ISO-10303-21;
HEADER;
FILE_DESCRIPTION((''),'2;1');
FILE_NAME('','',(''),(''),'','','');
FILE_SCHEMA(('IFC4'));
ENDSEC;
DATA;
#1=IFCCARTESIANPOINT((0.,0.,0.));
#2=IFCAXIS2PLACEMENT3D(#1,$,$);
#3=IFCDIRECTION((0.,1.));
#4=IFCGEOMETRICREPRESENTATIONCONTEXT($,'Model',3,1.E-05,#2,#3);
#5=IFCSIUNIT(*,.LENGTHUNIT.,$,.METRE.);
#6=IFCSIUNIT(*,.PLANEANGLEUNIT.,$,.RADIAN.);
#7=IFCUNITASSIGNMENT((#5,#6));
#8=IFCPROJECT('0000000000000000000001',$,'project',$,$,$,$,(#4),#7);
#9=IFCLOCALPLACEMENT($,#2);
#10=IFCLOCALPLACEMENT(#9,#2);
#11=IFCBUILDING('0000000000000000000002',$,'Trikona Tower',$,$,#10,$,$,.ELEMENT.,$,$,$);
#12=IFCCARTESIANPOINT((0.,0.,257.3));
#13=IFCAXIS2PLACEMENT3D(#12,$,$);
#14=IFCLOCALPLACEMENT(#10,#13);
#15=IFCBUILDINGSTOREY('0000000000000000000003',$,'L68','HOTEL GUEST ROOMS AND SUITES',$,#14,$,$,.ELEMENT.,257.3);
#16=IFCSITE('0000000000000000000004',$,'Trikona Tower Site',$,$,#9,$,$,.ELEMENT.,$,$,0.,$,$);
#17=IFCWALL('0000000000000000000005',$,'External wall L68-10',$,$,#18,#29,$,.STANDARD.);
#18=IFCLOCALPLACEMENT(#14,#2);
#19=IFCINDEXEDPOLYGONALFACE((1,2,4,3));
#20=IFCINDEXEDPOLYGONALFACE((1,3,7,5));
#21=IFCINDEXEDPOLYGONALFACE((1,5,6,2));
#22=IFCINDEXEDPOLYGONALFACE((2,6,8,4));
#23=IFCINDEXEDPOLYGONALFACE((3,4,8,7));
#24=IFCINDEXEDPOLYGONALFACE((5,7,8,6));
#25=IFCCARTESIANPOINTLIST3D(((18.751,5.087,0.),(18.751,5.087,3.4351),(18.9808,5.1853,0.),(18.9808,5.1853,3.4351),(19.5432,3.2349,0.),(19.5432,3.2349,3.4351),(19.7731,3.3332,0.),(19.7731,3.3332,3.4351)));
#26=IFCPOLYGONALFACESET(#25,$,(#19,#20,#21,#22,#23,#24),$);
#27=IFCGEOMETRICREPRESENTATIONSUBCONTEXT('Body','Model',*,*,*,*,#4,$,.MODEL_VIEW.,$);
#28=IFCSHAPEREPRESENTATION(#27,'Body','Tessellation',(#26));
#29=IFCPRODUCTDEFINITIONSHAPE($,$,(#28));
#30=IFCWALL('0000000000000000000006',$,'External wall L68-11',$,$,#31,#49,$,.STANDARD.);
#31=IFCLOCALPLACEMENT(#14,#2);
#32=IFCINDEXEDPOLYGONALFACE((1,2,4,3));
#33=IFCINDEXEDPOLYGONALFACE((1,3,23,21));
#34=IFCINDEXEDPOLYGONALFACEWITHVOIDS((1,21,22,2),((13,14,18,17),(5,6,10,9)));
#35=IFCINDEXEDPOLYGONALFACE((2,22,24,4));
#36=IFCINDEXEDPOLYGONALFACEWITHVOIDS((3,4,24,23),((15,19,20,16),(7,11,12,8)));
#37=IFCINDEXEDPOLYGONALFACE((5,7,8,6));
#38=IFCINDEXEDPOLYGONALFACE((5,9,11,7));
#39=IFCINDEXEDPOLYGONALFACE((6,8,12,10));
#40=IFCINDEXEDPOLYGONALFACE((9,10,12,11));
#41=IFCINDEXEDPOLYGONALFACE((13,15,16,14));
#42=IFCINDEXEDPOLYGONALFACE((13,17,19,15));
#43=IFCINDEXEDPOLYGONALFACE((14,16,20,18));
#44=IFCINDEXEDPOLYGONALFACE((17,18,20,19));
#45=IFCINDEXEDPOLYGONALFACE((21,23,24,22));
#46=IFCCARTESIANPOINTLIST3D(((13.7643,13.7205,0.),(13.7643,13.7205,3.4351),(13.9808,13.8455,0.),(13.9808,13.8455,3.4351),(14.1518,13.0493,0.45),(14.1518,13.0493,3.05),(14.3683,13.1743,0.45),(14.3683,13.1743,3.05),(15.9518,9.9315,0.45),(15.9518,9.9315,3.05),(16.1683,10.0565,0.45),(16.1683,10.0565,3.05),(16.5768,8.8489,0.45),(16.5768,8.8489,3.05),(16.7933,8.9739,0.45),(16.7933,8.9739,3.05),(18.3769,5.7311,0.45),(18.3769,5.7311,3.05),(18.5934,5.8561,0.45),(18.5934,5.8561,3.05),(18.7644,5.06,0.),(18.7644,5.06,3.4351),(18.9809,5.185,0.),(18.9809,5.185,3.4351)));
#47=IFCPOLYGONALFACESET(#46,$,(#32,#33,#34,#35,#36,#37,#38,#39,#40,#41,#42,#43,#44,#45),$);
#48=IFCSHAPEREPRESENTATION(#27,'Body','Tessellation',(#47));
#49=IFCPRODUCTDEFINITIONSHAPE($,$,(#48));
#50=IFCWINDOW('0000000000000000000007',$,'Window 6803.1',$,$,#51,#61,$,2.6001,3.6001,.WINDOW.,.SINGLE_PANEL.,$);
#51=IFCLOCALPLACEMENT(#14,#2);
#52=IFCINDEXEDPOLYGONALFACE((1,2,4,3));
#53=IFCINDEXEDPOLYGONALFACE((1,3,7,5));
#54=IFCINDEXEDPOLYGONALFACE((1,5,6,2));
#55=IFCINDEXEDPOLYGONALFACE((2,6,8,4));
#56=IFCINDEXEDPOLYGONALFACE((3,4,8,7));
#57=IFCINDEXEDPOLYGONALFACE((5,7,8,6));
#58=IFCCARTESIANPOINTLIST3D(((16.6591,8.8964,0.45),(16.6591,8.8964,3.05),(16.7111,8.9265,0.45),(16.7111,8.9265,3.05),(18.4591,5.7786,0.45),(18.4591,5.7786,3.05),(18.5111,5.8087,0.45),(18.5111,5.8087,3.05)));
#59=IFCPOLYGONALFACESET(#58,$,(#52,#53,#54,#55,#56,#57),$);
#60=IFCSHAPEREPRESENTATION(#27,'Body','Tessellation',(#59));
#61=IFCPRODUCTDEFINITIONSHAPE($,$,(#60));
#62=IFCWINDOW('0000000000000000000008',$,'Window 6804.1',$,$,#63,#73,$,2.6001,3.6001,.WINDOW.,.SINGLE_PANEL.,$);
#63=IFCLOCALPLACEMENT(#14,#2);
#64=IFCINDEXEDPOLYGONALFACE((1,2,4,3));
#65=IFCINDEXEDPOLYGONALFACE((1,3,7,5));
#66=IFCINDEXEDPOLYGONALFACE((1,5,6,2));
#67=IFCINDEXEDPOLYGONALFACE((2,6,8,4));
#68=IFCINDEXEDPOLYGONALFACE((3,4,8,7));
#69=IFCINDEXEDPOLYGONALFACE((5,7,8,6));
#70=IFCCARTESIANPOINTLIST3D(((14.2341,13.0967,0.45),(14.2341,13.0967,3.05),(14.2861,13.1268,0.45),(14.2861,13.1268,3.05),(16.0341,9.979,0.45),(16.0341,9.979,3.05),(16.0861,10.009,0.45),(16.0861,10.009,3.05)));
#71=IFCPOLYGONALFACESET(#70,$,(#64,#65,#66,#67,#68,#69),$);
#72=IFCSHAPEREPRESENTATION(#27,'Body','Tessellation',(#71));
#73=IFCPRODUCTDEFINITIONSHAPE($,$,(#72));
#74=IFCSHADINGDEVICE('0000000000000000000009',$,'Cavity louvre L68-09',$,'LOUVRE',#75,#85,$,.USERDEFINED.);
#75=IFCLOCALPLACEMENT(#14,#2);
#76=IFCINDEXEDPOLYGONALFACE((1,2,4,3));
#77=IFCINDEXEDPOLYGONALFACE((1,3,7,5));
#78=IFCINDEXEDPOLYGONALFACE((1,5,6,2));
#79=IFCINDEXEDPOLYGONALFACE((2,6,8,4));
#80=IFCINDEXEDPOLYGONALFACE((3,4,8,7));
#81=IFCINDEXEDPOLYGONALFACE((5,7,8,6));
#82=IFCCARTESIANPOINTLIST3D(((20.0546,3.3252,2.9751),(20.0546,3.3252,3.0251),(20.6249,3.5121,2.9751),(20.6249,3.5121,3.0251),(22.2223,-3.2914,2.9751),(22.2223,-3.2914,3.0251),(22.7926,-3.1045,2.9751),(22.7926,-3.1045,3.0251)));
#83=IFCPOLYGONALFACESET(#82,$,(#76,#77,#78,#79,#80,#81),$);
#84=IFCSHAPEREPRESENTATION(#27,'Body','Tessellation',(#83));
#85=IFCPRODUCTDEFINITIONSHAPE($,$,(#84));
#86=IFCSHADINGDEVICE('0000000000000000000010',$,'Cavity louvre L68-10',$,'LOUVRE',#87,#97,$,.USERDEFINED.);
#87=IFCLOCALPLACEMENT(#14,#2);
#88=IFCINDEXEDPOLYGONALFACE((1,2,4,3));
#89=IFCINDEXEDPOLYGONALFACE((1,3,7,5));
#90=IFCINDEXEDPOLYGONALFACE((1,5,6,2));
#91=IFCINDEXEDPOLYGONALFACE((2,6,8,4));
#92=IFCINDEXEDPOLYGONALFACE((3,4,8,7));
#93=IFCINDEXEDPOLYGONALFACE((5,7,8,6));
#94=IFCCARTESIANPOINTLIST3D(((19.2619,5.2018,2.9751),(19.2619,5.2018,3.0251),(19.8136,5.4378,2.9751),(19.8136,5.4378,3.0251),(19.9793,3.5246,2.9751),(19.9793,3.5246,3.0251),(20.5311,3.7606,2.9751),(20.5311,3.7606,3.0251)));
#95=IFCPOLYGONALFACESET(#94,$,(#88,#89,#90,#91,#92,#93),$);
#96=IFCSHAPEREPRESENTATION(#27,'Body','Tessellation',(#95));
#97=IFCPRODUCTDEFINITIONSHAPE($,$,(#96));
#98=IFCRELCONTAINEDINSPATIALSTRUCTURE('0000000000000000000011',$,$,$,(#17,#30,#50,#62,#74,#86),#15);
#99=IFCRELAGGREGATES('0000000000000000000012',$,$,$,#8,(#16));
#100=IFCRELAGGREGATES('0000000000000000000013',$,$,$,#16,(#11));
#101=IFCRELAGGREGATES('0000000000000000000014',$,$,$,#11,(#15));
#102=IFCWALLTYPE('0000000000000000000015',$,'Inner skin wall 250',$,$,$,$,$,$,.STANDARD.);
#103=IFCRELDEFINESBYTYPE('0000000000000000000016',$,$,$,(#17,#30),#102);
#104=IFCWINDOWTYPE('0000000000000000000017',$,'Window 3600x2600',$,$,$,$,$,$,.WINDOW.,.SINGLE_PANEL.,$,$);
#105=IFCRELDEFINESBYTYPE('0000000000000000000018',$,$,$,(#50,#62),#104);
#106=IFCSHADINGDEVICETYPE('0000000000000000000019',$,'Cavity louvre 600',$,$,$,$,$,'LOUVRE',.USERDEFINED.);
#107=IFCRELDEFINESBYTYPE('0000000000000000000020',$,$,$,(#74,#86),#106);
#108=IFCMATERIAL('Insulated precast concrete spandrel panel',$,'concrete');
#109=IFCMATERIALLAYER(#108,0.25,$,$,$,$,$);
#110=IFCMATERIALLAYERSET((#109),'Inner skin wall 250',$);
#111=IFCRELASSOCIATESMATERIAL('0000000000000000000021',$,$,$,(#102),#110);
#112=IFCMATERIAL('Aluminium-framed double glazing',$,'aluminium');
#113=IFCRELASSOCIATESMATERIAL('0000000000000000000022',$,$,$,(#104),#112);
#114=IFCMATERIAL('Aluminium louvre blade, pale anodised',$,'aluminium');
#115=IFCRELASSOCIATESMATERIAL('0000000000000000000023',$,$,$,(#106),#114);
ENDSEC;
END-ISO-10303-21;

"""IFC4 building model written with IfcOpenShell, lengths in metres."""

from ifc_helpers import new_model, si_unit, direction, frame, frame_2d, origin, origin_2d, place, context, subcontext, project, spatial, rectangle, extrude, material, layer, layer_set, type_object, element, fill, save


model = new_model("IFC4")

# Units and contexts
model_context = context("Model", 3, precision=1e-05, world=origin(), true_north=direction((0.0, 1.0)))
body_context = subcontext(model_context, "Body", "Model", "MODEL_VIEW")
ifc_project = project(units=[si_unit("LENGTHUNIT", "METRE"), si_unit("PLANEANGLEUNIT", "RADIAN")], contexts=[model_context])

# Site, building, storey
site_placement = place(None, origin())
site = spatial("IfcSite", under=ifc_project, at=site_placement, Name="Trikona Tower Site", CompositionType="ELEMENT", RefElevation=0.0)
building_placement = place(site_placement, origin())
building = spatial("IfcBuilding", under=site, at=building_placement, Name="Trikona Tower", CompositionType="ELEMENT")
storey_placement = place(building_placement, frame((0.0, 0.0, 257.3)))
storey = spatial("IfcBuildingStorey", under=building, at=storey_placement, Name="L68", Description="HOTEL GUEST ROOMS AND SUITES", CompositionType="ELEMENT", Elevation=257.3)

# Wall
ifc_material_1 = material(Name="Insulated precast concrete spandrel panel", Category="concrete")
ifc_layer_1 = layer(ifc_material_1, 0.25)
ifc_layer_set_1 = layer_set([ifc_layer_1], Name="Inner skin wall 250")
wall_type = type_object("IfcWallType", Name="Inner skin wall 250", PredefinedType="STANDARD", material=ifc_layer_set_1)
wall_1_placement = place(storey_placement, frame((19.6582, 3.2839, 0.0), z_axis=(0.0, 0.0, 1.0), x_axis=(-0.39329, 0.919414, 0.0)))
element("IfcWall", 1, at=wall_1_placement, inside=storey, type_object=wall_type, Name="External wall L68-10", PredefinedType="STANDARD", context=body_context, shape_type="SweptSolid", body=[
    extrude(rectangle(XDim=2.0144, YDim=0.25, at=frame_2d((1.0073, 0.0))), origin(), (0.0, 0.0, 1.0), 3.4351),
])

# Wall, openings, windows
wall_2_placement = place(storey_placement, frame((18.8726, 5.1226, 0.0), z_axis=(0.0, 0.0, 1.0), x_axis=(-0.499994, 0.866029, 0.0)))
wall_2 = element("IfcWall", 2, at=wall_2_placement, inside=storey, type_object=wall_type, Name="External wall L68-11", PredefinedType="STANDARD", context=body_context, shape_type="SweptSolid", body=[
    extrude(rectangle(XDim=10.0002, YDim=0.25, at=frame_2d((5.0, 0.0))), origin(), (0.0, 0.0, 1.0), 3.4351),
])
opening_1_placement = place(wall_2_placement, frame((0.7749, 0.0, 0.45)))
opening_1 = element("IfcOpeningElement", 3, at=opening_1_placement, cuts=wall_2, PredefinedType="OPENING", context=body_context, shape_type="SweptSolid", body=[
    extrude(rectangle(XDim=3.6001, YDim=2.6001, at=frame_2d((1.8, 1.3))), frame((0.0, 0.135, 0.0), z_axis=(0.0, -1.0, 0.0), x_axis=(1.0, 0.0, 0.0)), (0.0, 0.0, 1.0), 0.27),
])
opening_2_placement = place(wall_2_placement, frame((5.625, 0.0, 0.45)))
opening_2 = element("IfcOpeningElement", 4, at=opening_2_placement, cuts=wall_2, PredefinedType="OPENING", context=body_context, shape_type="SweptSolid", body=[
    extrude(rectangle(XDim=3.6001, YDim=2.6001, at=frame_2d((1.8, 1.3))), frame((0.0, 0.135, 0.0), z_axis=(0.0, -1.0, 0.0), x_axis=(1.0, 0.0, 0.0)), (0.0, 0.0, 1.0), 0.27),
])
ifc_material_2 = material(Name="Aluminium-framed double glazing", Category="aluminium")
window_type = type_object("IfcWindowType", Name="Window 3600x2600", PartitioningType="SINGLE_PANEL", PredefinedType="WINDOW", material=ifc_material_2)
window_1_placement = place(opening_1_placement, origin())
window_1 = element("IfcWindow", 5, at=window_1_placement, inside=storey, type_object=window_type, Name="Window 6803.1", OverallHeight=2.6001, OverallWidth=3.6001, PartitioningType="SINGLE_PANEL", PredefinedType="WINDOW", context=body_context, shape_type="SweptSolid", body=[
    extrude(rectangle(XDim=3.6001, YDim=2.6001, at=frame_2d((1.8, 1.3))), frame((0.0, 0.03, 0.0), z_axis=(0.0, -1.0, 0.0), x_axis=(1.0, 0.0, 0.0)), (0.0, 0.0, 1.0), 0.0601),
])
fill(opening_1, window_1)
window_2_placement = place(opening_2_placement, origin())
window_2 = element("IfcWindow", 6, at=window_2_placement, inside=storey, type_object=window_type, Name="Window 6804.1", OverallHeight=2.6001, OverallWidth=3.6001, PartitioningType="SINGLE_PANEL", PredefinedType="WINDOW", context=body_context, shape_type="SweptSolid", body=[
    extrude(rectangle(XDim=3.6001, YDim=2.6001, at=frame_2d((1.8, 1.3))), frame((0.0, 0.03, 0.0), z_axis=(0.0, -1.0, 0.0), x_axis=(1.0, 0.0, 0.0)), (0.0, 0.0, 1.0), 0.0601),
])
fill(opening_2, window_2)

# Shading devices
ifc_material_3 = material(Name="Aluminium louvre blade, pale anodised", Category="aluminium")
shading_device_type = type_object("IfcShadingDeviceType", Name="Cavity louvre 600", ElementType="LOUVRE", PredefinedType="USERDEFINED", material=ifc_material_3)
shading_device_1_placement = place(storey_placement, frame((21.4236, 0.1104, 2.9751), z_axis=(0.0, 0.0, 1.0), x_axis=(-0.311337, 0.9503, 0.0)))
element("IfcShadingDevice", 7, at=shading_device_1_placement, inside=storey, type_object=shading_device_type, Name="Cavity louvre L68-09", ObjectType="LOUVRE", PredefinedType="USERDEFINED", context=body_context, shape_type="SweptSolid", body=[
    extrude(rectangle(XDim=6.9626, YDim=0.6001, at=origin_2d()), origin(), (0.0, 0.0, 1.0), 0.05),
])
shading_device_2_placement = place(storey_placement, frame((19.8965, 4.4812, 2.9751), z_axis=(0.0, 0.0, 1.0), x_axis=(-0.393284, 0.919417, 0.0)))
element("IfcShadingDevice", 8, at=shading_device_2_placement, inside=storey, type_object=shading_device_type, Name="Cavity louvre L68-10", ObjectType="LOUVRE", PredefinedType="USERDEFINED", context=body_context, shape_type="SweptSolid", body=[
    extrude(rectangle(XDim=1.8242, YDim=0.6001, at=origin_2d()), origin(), (0.0, 0.0, 1.0), 0.05),
])

save(model, "model.ifc")
